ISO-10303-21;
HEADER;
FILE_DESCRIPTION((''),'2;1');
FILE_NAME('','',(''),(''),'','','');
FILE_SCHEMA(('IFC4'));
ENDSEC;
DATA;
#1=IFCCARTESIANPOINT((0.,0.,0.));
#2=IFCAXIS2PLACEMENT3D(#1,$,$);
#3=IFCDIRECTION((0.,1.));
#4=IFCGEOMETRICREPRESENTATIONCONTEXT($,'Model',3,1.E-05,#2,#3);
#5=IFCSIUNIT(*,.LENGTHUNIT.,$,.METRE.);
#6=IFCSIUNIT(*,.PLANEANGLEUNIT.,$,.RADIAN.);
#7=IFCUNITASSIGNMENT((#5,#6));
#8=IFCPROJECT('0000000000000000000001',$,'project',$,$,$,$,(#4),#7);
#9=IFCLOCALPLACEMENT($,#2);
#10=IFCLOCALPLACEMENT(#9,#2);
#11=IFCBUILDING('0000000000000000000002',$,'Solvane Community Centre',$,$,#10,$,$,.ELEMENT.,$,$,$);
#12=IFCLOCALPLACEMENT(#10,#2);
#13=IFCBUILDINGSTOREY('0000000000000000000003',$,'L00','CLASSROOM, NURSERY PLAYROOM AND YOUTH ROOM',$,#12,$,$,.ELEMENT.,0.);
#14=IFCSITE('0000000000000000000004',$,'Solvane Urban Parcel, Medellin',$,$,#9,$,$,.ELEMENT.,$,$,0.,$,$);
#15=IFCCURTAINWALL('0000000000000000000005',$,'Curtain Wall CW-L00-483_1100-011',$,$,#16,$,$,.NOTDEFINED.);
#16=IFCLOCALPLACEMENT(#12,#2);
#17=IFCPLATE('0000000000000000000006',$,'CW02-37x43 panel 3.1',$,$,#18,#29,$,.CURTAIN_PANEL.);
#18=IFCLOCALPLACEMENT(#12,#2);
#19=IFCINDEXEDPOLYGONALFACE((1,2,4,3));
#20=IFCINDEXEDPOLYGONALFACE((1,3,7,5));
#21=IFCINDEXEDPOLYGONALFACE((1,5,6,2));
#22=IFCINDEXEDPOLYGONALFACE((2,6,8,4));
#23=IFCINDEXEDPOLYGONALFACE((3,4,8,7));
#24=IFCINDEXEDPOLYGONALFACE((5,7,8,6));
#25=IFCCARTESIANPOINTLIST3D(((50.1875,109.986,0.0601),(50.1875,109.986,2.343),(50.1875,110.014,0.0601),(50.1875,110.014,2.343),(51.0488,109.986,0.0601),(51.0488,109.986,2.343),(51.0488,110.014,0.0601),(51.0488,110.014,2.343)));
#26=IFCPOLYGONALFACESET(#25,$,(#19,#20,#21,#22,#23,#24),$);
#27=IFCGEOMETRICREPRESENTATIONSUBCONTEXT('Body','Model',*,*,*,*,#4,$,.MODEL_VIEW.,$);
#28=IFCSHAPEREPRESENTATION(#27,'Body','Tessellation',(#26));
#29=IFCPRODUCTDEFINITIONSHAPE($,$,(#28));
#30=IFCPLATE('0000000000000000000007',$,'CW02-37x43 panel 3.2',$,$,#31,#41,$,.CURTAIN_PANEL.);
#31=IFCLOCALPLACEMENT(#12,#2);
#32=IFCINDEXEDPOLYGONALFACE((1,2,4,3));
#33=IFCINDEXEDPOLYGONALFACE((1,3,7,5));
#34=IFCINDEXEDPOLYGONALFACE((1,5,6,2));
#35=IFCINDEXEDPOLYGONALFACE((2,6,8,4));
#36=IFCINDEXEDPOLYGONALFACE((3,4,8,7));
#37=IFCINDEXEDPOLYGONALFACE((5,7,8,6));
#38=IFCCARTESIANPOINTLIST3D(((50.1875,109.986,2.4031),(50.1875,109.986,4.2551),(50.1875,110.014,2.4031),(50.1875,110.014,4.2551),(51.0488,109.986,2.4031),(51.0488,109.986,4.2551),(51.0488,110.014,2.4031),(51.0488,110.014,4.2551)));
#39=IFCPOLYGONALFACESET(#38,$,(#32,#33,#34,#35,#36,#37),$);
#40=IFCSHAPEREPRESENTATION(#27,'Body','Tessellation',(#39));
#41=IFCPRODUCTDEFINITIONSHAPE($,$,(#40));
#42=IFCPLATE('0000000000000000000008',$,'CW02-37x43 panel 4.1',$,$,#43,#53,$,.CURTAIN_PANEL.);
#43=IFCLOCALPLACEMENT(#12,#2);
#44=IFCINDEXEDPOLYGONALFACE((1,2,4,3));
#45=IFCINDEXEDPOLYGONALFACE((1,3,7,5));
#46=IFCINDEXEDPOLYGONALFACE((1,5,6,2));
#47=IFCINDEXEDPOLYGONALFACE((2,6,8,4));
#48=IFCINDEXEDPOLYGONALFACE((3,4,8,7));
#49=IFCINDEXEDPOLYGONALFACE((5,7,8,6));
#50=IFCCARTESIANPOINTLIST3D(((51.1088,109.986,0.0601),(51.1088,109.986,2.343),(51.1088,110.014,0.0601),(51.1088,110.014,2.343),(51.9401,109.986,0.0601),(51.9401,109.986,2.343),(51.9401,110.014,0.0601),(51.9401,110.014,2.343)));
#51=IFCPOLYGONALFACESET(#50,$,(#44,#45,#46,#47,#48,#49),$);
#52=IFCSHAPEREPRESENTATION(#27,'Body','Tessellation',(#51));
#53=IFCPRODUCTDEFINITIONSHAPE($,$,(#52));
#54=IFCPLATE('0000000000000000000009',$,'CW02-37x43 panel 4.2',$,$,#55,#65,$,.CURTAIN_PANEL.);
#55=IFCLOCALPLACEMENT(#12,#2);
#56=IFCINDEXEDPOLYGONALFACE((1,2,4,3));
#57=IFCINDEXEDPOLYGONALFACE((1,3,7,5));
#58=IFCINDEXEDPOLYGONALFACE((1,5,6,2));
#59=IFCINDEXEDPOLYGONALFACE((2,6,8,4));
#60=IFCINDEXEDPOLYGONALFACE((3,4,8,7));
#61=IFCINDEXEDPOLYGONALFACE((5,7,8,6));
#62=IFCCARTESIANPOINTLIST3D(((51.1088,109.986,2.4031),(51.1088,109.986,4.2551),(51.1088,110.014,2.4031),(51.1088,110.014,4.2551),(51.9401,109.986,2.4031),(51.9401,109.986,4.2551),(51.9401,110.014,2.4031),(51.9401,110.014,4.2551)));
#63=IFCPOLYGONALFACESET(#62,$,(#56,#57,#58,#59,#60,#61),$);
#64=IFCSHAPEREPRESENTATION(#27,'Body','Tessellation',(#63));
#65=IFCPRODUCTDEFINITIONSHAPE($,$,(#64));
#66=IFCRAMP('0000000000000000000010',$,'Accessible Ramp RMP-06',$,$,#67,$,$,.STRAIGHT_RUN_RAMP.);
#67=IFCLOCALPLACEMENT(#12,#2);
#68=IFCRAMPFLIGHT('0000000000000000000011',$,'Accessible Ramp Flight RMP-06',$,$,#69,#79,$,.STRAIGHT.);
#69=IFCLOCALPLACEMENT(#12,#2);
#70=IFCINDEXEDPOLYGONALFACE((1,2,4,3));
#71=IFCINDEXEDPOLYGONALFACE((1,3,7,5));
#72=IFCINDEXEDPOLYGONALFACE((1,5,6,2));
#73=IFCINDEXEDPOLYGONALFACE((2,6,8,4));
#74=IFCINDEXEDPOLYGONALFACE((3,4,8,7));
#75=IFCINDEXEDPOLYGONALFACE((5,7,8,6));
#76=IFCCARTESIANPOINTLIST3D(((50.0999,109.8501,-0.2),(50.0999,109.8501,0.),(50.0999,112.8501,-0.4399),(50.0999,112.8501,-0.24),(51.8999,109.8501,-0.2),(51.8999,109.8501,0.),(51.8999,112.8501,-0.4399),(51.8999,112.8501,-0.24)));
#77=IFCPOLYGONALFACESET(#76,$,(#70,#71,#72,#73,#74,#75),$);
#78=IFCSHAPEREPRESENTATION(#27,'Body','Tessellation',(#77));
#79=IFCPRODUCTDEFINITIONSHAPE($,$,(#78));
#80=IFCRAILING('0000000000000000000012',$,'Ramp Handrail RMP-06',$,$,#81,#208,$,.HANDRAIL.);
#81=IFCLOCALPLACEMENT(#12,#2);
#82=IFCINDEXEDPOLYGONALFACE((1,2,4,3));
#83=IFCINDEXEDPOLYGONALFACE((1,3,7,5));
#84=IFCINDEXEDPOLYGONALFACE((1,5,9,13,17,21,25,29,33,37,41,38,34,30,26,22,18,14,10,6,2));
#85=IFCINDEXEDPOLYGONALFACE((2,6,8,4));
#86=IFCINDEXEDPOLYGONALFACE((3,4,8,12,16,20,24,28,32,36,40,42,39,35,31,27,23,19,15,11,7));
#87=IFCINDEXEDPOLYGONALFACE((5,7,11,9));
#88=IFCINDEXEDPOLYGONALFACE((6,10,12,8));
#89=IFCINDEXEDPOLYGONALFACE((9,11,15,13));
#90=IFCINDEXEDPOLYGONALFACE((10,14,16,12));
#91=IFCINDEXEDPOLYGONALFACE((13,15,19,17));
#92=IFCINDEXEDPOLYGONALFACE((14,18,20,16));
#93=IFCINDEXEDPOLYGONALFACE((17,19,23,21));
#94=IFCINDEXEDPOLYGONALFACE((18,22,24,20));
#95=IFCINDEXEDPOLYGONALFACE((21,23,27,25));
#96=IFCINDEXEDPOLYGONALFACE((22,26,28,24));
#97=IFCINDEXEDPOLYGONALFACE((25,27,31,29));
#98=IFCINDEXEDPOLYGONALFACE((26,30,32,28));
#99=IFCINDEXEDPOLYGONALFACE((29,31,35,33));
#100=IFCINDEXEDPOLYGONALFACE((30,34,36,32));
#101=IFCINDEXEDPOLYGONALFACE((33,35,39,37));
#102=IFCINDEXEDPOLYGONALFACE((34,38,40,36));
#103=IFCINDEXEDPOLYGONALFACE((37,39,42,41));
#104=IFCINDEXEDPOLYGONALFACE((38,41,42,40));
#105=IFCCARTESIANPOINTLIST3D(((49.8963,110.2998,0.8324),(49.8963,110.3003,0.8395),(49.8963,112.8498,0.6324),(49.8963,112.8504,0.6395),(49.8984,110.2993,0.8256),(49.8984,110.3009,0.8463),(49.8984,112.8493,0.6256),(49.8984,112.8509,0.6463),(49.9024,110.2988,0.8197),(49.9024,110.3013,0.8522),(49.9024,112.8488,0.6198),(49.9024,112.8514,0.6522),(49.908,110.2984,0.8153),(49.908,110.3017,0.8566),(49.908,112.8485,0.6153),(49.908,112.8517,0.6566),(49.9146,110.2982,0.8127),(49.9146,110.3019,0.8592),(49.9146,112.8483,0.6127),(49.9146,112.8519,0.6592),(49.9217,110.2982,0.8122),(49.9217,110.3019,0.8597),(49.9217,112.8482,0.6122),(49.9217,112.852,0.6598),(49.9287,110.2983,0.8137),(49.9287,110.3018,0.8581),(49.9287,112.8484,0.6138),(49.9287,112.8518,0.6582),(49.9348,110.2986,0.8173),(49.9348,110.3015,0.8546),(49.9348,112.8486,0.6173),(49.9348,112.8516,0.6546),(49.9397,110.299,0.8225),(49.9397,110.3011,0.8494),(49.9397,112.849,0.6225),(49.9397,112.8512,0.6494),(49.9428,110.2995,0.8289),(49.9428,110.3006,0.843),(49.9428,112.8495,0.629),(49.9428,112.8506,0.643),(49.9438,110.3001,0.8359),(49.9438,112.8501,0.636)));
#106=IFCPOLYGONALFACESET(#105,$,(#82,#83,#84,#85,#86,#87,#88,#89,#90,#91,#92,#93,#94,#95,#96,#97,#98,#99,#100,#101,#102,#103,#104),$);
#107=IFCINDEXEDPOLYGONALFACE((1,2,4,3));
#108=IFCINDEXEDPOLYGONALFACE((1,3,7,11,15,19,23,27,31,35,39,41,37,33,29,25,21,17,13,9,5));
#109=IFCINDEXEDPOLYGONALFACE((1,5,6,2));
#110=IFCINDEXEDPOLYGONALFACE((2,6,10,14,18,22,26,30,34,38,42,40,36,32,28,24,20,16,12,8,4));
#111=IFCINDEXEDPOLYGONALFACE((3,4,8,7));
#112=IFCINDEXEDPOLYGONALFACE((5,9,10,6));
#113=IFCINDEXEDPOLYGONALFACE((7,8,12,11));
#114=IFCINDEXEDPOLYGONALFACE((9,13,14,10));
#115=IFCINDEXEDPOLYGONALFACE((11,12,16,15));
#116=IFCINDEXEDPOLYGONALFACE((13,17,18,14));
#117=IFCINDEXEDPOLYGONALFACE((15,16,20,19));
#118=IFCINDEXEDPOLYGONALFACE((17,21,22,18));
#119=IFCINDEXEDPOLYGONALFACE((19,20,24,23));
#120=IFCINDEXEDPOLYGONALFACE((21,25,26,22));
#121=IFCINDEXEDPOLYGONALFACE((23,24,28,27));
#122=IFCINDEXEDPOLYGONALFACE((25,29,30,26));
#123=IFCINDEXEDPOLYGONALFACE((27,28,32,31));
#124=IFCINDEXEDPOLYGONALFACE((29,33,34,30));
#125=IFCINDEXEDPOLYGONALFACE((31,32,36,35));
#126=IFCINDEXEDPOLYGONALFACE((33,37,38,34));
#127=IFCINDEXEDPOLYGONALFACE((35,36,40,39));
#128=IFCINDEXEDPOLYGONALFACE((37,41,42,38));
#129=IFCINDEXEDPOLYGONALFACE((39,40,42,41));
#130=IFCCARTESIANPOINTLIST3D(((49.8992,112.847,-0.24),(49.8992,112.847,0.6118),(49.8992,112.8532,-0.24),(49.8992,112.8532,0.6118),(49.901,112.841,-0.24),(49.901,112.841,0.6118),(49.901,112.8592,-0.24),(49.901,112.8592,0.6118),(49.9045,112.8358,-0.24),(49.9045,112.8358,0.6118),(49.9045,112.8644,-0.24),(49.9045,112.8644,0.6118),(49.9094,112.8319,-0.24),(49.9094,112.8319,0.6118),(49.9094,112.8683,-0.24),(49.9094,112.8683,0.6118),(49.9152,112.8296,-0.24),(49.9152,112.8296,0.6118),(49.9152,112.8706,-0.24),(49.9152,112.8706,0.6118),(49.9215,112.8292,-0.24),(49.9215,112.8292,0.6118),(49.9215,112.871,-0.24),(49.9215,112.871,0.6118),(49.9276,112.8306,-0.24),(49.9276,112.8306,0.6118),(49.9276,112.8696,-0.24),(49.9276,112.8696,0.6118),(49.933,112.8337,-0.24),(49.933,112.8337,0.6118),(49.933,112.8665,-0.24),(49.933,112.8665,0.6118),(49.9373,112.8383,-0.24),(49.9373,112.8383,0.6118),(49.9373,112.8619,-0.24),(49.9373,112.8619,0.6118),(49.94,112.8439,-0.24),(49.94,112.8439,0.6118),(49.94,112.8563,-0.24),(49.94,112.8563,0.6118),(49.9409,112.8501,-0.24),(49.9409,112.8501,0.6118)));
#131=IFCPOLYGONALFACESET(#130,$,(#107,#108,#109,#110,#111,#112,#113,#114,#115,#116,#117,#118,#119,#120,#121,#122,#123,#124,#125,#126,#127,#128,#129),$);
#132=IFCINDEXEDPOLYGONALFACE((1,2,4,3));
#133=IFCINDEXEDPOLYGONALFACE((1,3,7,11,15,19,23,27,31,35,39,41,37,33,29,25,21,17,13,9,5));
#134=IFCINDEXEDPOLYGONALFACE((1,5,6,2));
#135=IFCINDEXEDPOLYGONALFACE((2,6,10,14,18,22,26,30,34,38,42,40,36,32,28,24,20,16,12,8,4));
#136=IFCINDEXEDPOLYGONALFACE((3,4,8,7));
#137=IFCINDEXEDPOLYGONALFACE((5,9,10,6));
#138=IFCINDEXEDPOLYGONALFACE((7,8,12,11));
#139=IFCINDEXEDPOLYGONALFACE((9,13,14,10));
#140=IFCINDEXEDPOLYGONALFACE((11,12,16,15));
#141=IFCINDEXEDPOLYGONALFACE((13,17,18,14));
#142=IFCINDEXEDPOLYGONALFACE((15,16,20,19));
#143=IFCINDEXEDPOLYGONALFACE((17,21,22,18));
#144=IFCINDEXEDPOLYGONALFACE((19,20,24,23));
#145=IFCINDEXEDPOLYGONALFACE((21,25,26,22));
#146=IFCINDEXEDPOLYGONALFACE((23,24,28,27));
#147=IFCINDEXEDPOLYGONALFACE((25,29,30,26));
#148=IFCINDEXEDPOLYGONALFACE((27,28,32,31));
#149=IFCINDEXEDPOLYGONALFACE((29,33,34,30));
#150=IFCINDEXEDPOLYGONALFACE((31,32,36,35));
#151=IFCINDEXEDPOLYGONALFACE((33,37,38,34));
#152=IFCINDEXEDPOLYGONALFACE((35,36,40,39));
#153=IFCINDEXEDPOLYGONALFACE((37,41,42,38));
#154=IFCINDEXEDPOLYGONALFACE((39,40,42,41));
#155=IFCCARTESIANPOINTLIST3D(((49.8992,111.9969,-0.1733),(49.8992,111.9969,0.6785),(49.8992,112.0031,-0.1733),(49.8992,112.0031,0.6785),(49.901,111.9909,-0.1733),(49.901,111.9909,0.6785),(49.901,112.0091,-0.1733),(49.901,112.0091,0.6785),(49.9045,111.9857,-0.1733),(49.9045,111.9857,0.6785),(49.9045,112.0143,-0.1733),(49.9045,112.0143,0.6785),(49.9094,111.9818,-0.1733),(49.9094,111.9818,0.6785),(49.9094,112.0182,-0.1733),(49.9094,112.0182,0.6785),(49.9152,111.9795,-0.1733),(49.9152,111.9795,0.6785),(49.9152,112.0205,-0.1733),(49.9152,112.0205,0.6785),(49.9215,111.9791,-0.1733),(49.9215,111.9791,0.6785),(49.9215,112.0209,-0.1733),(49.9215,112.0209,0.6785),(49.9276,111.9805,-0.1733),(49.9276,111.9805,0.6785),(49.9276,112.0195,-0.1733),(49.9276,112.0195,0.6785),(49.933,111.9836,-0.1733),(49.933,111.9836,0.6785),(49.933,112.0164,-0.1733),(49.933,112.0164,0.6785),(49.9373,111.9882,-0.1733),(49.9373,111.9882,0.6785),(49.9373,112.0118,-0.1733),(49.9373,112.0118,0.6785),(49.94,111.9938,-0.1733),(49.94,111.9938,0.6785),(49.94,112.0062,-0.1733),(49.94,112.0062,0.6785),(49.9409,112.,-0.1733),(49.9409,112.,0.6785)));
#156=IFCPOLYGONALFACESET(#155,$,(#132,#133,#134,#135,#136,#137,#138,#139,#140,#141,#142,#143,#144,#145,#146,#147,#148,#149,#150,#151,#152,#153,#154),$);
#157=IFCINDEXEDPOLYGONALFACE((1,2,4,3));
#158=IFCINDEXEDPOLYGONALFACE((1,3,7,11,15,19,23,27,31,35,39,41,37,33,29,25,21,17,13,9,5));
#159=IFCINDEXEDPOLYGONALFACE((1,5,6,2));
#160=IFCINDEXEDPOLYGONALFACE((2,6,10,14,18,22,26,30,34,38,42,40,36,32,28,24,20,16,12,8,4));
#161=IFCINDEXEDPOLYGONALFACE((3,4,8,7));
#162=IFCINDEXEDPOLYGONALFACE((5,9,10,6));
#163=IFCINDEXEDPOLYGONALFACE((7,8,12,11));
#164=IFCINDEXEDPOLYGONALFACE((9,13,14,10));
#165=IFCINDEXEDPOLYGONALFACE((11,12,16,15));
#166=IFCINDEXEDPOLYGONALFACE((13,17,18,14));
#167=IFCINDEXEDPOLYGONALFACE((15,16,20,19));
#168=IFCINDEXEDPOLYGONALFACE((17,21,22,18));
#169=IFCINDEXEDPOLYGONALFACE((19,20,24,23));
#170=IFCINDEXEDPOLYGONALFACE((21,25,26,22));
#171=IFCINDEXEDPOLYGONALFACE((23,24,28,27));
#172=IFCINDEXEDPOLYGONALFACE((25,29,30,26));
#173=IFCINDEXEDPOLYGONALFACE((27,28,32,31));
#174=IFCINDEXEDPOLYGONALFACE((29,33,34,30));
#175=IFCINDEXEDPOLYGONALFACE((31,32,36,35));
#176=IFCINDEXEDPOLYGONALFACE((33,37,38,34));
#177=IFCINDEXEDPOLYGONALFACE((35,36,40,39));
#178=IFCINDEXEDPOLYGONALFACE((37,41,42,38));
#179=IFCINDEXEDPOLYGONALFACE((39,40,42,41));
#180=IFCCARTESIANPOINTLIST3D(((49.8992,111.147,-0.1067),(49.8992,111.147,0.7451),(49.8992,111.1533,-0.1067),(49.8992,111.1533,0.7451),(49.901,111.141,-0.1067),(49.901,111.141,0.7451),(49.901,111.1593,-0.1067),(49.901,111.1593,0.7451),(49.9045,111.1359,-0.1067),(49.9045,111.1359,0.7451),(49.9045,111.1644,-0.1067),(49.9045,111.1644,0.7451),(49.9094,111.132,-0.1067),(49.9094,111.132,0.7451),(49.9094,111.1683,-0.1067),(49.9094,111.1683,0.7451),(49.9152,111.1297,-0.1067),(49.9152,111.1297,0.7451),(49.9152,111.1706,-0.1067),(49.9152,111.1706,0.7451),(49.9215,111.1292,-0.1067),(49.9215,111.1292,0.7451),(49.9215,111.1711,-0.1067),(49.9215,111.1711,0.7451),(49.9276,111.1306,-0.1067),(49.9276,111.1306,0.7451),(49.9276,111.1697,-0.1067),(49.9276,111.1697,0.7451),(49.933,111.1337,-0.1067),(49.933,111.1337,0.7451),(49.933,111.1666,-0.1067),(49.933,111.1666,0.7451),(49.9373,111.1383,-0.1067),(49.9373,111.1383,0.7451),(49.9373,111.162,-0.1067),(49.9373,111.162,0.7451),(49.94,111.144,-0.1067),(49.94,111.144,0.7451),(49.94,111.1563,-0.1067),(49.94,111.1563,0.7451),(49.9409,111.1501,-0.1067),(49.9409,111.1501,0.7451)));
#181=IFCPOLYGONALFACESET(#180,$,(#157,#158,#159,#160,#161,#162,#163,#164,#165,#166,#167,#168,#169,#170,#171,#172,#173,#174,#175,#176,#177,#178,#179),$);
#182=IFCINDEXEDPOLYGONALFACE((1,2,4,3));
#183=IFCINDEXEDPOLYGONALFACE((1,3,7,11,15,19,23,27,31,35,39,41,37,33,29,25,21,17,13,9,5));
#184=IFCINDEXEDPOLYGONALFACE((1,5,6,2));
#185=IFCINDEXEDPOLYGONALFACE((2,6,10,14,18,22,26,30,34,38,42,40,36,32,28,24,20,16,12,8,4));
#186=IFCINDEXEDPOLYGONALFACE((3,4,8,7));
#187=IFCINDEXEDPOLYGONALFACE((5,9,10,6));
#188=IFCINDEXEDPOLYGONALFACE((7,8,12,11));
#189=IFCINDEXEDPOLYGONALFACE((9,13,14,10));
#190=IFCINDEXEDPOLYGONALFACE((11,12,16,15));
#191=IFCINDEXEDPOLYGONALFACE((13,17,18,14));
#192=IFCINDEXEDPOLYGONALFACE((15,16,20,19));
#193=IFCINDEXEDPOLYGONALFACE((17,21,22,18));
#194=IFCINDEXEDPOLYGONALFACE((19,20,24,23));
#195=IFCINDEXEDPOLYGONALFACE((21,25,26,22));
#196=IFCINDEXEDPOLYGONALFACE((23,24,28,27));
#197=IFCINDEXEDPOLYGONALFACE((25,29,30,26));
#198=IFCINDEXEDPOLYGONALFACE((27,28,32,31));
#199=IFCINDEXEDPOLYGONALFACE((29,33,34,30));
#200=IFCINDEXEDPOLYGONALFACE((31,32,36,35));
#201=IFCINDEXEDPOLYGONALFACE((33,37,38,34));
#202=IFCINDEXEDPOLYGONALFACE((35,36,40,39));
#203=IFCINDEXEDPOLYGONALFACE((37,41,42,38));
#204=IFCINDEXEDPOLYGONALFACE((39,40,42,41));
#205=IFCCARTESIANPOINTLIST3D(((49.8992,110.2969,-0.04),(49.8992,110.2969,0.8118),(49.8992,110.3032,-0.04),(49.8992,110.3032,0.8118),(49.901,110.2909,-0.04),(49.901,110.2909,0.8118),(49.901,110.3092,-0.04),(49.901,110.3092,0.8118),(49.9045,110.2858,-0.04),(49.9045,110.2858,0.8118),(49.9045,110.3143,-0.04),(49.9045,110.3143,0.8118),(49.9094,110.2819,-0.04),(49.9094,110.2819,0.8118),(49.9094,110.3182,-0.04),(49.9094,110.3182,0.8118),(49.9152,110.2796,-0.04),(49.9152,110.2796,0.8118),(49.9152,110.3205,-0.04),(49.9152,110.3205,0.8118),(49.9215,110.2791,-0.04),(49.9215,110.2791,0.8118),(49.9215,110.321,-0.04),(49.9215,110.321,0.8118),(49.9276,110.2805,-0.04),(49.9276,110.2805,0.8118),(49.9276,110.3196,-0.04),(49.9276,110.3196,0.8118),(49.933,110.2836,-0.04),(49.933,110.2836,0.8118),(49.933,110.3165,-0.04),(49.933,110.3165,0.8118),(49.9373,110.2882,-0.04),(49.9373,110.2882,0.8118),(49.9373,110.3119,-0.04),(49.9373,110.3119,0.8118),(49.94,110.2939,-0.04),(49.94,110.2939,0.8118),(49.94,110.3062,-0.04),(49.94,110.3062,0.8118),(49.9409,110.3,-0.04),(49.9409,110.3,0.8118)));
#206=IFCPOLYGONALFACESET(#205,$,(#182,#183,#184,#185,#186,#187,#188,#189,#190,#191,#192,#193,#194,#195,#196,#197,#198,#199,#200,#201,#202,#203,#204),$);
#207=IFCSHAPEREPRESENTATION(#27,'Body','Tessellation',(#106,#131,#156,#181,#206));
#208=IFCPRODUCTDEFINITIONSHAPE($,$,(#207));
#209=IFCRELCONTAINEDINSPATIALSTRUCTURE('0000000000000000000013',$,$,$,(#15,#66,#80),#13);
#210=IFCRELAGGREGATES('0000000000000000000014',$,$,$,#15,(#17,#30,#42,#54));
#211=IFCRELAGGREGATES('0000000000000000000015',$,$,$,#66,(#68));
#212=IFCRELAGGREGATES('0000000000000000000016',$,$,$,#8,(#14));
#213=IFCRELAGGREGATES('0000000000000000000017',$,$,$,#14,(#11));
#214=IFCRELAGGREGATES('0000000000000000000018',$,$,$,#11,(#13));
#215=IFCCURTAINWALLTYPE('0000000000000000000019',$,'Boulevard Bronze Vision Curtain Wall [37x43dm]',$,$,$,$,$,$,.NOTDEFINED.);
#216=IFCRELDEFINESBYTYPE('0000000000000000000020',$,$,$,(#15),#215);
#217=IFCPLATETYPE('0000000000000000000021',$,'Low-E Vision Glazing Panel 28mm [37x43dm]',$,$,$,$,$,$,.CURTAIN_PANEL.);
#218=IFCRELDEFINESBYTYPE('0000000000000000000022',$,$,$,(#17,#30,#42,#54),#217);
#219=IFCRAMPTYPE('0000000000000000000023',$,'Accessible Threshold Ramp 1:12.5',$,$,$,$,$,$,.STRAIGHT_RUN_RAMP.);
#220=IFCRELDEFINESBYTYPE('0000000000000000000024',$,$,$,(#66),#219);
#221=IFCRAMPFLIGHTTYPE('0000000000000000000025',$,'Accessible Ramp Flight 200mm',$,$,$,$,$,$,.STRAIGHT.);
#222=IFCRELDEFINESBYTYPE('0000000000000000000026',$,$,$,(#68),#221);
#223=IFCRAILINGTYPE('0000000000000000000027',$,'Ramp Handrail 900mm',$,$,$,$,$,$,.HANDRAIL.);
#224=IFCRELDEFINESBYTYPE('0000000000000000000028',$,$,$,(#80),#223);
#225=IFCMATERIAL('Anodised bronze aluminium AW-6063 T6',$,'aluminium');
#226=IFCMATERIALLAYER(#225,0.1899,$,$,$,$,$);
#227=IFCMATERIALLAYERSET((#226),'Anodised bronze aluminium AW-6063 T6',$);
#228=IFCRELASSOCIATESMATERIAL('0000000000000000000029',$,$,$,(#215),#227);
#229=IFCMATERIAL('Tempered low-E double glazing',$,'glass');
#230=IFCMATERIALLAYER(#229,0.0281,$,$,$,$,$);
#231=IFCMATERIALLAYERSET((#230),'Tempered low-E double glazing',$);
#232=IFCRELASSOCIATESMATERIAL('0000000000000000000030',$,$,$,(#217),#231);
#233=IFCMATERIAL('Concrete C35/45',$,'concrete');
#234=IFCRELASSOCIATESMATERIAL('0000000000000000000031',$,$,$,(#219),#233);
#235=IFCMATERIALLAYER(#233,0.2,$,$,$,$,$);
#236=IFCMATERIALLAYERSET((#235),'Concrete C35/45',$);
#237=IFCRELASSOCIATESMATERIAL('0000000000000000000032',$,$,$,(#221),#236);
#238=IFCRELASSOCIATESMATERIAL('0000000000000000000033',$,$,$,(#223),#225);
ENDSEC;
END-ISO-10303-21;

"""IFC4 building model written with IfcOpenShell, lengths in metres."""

from ifc_helpers import new_model, si_unit, direction, frame, origin, origin_2d, place, context, subcontext, project, spatial, polyline, rectangle, circle, outline, extrude, material, layer, layer_set, type_object, element, aggregate, save


model = new_model("IFC4")

# Units and contexts
model_context = context("Model", 3, precision=1e-05, world=origin(), true_north=direction((0.0, 1.0)))
body_context = subcontext(model_context, "Body", "Model", "MODEL_VIEW")
ifc_project = project(units=[si_unit("LENGTHUNIT", "METRE"), si_unit("PLANEANGLEUNIT", "RADIAN")], contexts=[model_context])

# Site, building, storey
site_placement = place(None, origin())
site = spatial("IfcSite", under=ifc_project, at=site_placement, Name="Solvane Urban Parcel, Medellin", CompositionType="ELEMENT", RefElevation=0.0)
building_placement = place(site_placement, origin())
building = spatial("IfcBuilding", under=site, at=building_placement, Name="Solvane Community Centre", CompositionType="ELEMENT")
storey_placement = place(building_placement, origin())
storey = spatial("IfcBuildingStorey", under=building, at=storey_placement, Name="L00", Description="CLASSROOM, NURSERY PLAYROOM AND YOUTH ROOM", CompositionType="ELEMENT", Elevation=0.0)

# Curtain wall, plates
ifc_material_1 = material(Name="Anodised bronze aluminium AW-6063 T6", Category="aluminium")
ifc_layer_1 = layer(ifc_material_1, 0.1899)
ifc_layer_set_1 = layer_set([ifc_layer_1], Name="Anodised bronze aluminium AW-6063 T6")
curtain_wall_type = type_object("IfcCurtainWallType", Name="Boulevard Bronze Vision Curtain Wall [37x43dm]", PredefinedType="NOTDEFINED", material=ifc_layer_set_1)
curtain_wall_placement = place(storey_placement, origin())
curtain_wall = element("IfcCurtainWall", 1, at=curtain_wall_placement, inside=storey, type_object=curtain_wall_type, Name="Curtain Wall CW-L00-483_1100-011", PredefinedType="NOTDEFINED")
ifc_material_2 = material(Name="Tempered low-E double glazing", Category="glass")
ifc_layer_2 = layer(ifc_material_2, 0.0281)
ifc_layer_set_2 = layer_set([ifc_layer_2], Name="Tempered low-E double glazing")
plate_type = type_object("IfcPlateType", Name="Low-E Vision Glazing Panel 28mm [37x43dm]", PredefinedType="CURTAIN_PANEL", material=ifc_layer_set_2)
plate_1_placement = place(storey_placement, frame((50.6182, 110.0, 0.0601), z_axis=(0.0, 0.0, 1.0), x_axis=(1.0, 0.0, 0.0)))
plate_1 = element("IfcPlate", 2, at=plate_1_placement, type_object=plate_type, Name="CW02-37x43 panel 3.1", PredefinedType="CURTAIN_PANEL", context=body_context, shape_type="SweptSolid", body=[
    extrude(rectangle(XDim=0.8613, YDim=0.0281, at=origin_2d()), origin(), (0.0, 0.0, 1.0), 2.283),
])
plate_2_placement = place(storey_placement, frame((50.6182, 110.0, 2.4031), z_axis=(0.0, 0.0, 1.0), x_axis=(1.0, 0.0, 0.0)))
plate_2 = element("IfcPlate", 3, at=plate_2_placement, type_object=plate_type, Name="CW02-37x43 panel 3.2", PredefinedType="CURTAIN_PANEL", context=body_context, shape_type="SweptSolid", body=[
    extrude(rectangle(XDim=0.8613, YDim=0.0281, at=origin_2d()), origin(), (0.0, 0.0, 1.0), 1.8521),
])
plate_3_placement = place(storey_placement, frame((51.5244, 110.0, 0.0601), z_axis=(0.0, 0.0, 1.0), x_axis=(1.0, 0.0, 0.0)))
plate_3 = element("IfcPlate", 4, at=plate_3_placement, type_object=plate_type, Name="CW02-37x43 panel 4.1", PredefinedType="CURTAIN_PANEL", context=body_context, shape_type="SweptSolid", body=[
    extrude(rectangle(XDim=0.8313, YDim=0.0281, at=origin_2d()), origin(), (0.0, 0.0, 1.0), 2.283),
])
plate_4_placement = place(storey_placement, frame((51.5244, 110.0, 2.4031), z_axis=(0.0, 0.0, 1.0), x_axis=(1.0, 0.0, 0.0)))
plate_4 = element("IfcPlate", 5, at=plate_4_placement, type_object=plate_type, Name="CW02-37x43 panel 4.2", PredefinedType="CURTAIN_PANEL", context=body_context, shape_type="SweptSolid", body=[
    extrude(rectangle(XDim=0.8313, YDim=0.0281, at=origin_2d()), origin(), (0.0, 0.0, 1.0), 1.8521),
])
aggregate(curtain_wall, [plate_1, plate_2, plate_3, plate_4])

# Ramp, ramp flight
ifc_material_3 = material(Name="Concrete C35/45", Category="concrete")
ramp_type = type_object("IfcRampType", Name="Accessible Threshold Ramp 1:12.5", PredefinedType="STRAIGHT_RUN_RAMP", material=ifc_material_3)
ramp_placement = place(storey_placement, origin())
ramp = element("IfcRamp", 6, at=ramp_placement, inside=storey, type_object=ramp_type, Name="Accessible Ramp RMP-06", PredefinedType="STRAIGHT_RUN_RAMP")
ifc_layer_3 = layer(ifc_material_3, 0.2)
ifc_layer_set_3 = layer_set([ifc_layer_3], Name="Concrete C35/45")
ramp_flight_type = type_object("IfcRampFlightType", Name="Accessible Ramp Flight 200mm", PredefinedType="STRAIGHT", material=ifc_layer_set_3)
ramp_flight_placement = place(storey_placement, frame((51.0, 112.8501, -0.24), z_axis=(0.0, 0.0, 1.0), x_axis=(0.0, -1.0, 0.0)))
ramp_flight = element("IfcRampFlight", 7, at=ramp_flight_placement, type_object=ramp_flight_type, Name="Accessible Ramp Flight RMP-06", PredefinedType="STRAIGHT", context=body_context, shape_type="SweptSolid", body=[
    extrude(outline(polyline([(0.0, 0.0), (3.0, 0.24), (3.0, 0.04), (0.0, -0.2), (0.0, 0.0)])), frame((0.0, 0.8999, 0.0), z_axis=(0.0, -1.0, 0.0), x_axis=(1.0, 0.0, 0.0)), (0.0, 0.0, 1.0), 1.8),
])
aggregate(ramp, [ramp_flight])

# Railing
railing_type = type_object("IfcRailingType", Name="Ramp Handrail 900mm", PredefinedType="HANDRAIL", material=ifc_material_1)
railing_placement = place(storey_placement, frame((49.9199, 112.8501, -0.24)))
element("IfcRailing", 8, at=railing_placement, inside=storey, type_object=railing_type, Name="Ramp Handrail RMP-06", PredefinedType="HANDRAIL", context=body_context, shape_type="SweptSolid", body=[
    extrude(circle(Radius=0.0239, at=origin_2d()), frame((0.0, 0.0, 0.876), z_axis=(0.0, -0.99694, 0.078171), x_axis=(1.0, 0.0, 0.0)), (0.0, 0.0, 1.0), 2.5579),
    extrude(circle(Radius=0.021, at=origin_2d()), origin(), (0.0, 0.0, 1.0), 0.8518),
    extrude(circle(Radius=0.021, at=origin_2d()), frame((0.0, -0.8501, 0.0667)), (0.0, 0.0, 1.0), 0.8518),
    extrude(circle(Radius=0.021, at=origin_2d()), frame((0.0, -1.7, 0.1333)), (0.0, 0.0, 1.0), 0.8518),
    extrude(circle(Radius=0.021, at=origin_2d()), frame((0.0, -2.55, 0.2)), (0.0, 0.0, 1.0), 0.8518),
])

save(model, "model.ifc")
